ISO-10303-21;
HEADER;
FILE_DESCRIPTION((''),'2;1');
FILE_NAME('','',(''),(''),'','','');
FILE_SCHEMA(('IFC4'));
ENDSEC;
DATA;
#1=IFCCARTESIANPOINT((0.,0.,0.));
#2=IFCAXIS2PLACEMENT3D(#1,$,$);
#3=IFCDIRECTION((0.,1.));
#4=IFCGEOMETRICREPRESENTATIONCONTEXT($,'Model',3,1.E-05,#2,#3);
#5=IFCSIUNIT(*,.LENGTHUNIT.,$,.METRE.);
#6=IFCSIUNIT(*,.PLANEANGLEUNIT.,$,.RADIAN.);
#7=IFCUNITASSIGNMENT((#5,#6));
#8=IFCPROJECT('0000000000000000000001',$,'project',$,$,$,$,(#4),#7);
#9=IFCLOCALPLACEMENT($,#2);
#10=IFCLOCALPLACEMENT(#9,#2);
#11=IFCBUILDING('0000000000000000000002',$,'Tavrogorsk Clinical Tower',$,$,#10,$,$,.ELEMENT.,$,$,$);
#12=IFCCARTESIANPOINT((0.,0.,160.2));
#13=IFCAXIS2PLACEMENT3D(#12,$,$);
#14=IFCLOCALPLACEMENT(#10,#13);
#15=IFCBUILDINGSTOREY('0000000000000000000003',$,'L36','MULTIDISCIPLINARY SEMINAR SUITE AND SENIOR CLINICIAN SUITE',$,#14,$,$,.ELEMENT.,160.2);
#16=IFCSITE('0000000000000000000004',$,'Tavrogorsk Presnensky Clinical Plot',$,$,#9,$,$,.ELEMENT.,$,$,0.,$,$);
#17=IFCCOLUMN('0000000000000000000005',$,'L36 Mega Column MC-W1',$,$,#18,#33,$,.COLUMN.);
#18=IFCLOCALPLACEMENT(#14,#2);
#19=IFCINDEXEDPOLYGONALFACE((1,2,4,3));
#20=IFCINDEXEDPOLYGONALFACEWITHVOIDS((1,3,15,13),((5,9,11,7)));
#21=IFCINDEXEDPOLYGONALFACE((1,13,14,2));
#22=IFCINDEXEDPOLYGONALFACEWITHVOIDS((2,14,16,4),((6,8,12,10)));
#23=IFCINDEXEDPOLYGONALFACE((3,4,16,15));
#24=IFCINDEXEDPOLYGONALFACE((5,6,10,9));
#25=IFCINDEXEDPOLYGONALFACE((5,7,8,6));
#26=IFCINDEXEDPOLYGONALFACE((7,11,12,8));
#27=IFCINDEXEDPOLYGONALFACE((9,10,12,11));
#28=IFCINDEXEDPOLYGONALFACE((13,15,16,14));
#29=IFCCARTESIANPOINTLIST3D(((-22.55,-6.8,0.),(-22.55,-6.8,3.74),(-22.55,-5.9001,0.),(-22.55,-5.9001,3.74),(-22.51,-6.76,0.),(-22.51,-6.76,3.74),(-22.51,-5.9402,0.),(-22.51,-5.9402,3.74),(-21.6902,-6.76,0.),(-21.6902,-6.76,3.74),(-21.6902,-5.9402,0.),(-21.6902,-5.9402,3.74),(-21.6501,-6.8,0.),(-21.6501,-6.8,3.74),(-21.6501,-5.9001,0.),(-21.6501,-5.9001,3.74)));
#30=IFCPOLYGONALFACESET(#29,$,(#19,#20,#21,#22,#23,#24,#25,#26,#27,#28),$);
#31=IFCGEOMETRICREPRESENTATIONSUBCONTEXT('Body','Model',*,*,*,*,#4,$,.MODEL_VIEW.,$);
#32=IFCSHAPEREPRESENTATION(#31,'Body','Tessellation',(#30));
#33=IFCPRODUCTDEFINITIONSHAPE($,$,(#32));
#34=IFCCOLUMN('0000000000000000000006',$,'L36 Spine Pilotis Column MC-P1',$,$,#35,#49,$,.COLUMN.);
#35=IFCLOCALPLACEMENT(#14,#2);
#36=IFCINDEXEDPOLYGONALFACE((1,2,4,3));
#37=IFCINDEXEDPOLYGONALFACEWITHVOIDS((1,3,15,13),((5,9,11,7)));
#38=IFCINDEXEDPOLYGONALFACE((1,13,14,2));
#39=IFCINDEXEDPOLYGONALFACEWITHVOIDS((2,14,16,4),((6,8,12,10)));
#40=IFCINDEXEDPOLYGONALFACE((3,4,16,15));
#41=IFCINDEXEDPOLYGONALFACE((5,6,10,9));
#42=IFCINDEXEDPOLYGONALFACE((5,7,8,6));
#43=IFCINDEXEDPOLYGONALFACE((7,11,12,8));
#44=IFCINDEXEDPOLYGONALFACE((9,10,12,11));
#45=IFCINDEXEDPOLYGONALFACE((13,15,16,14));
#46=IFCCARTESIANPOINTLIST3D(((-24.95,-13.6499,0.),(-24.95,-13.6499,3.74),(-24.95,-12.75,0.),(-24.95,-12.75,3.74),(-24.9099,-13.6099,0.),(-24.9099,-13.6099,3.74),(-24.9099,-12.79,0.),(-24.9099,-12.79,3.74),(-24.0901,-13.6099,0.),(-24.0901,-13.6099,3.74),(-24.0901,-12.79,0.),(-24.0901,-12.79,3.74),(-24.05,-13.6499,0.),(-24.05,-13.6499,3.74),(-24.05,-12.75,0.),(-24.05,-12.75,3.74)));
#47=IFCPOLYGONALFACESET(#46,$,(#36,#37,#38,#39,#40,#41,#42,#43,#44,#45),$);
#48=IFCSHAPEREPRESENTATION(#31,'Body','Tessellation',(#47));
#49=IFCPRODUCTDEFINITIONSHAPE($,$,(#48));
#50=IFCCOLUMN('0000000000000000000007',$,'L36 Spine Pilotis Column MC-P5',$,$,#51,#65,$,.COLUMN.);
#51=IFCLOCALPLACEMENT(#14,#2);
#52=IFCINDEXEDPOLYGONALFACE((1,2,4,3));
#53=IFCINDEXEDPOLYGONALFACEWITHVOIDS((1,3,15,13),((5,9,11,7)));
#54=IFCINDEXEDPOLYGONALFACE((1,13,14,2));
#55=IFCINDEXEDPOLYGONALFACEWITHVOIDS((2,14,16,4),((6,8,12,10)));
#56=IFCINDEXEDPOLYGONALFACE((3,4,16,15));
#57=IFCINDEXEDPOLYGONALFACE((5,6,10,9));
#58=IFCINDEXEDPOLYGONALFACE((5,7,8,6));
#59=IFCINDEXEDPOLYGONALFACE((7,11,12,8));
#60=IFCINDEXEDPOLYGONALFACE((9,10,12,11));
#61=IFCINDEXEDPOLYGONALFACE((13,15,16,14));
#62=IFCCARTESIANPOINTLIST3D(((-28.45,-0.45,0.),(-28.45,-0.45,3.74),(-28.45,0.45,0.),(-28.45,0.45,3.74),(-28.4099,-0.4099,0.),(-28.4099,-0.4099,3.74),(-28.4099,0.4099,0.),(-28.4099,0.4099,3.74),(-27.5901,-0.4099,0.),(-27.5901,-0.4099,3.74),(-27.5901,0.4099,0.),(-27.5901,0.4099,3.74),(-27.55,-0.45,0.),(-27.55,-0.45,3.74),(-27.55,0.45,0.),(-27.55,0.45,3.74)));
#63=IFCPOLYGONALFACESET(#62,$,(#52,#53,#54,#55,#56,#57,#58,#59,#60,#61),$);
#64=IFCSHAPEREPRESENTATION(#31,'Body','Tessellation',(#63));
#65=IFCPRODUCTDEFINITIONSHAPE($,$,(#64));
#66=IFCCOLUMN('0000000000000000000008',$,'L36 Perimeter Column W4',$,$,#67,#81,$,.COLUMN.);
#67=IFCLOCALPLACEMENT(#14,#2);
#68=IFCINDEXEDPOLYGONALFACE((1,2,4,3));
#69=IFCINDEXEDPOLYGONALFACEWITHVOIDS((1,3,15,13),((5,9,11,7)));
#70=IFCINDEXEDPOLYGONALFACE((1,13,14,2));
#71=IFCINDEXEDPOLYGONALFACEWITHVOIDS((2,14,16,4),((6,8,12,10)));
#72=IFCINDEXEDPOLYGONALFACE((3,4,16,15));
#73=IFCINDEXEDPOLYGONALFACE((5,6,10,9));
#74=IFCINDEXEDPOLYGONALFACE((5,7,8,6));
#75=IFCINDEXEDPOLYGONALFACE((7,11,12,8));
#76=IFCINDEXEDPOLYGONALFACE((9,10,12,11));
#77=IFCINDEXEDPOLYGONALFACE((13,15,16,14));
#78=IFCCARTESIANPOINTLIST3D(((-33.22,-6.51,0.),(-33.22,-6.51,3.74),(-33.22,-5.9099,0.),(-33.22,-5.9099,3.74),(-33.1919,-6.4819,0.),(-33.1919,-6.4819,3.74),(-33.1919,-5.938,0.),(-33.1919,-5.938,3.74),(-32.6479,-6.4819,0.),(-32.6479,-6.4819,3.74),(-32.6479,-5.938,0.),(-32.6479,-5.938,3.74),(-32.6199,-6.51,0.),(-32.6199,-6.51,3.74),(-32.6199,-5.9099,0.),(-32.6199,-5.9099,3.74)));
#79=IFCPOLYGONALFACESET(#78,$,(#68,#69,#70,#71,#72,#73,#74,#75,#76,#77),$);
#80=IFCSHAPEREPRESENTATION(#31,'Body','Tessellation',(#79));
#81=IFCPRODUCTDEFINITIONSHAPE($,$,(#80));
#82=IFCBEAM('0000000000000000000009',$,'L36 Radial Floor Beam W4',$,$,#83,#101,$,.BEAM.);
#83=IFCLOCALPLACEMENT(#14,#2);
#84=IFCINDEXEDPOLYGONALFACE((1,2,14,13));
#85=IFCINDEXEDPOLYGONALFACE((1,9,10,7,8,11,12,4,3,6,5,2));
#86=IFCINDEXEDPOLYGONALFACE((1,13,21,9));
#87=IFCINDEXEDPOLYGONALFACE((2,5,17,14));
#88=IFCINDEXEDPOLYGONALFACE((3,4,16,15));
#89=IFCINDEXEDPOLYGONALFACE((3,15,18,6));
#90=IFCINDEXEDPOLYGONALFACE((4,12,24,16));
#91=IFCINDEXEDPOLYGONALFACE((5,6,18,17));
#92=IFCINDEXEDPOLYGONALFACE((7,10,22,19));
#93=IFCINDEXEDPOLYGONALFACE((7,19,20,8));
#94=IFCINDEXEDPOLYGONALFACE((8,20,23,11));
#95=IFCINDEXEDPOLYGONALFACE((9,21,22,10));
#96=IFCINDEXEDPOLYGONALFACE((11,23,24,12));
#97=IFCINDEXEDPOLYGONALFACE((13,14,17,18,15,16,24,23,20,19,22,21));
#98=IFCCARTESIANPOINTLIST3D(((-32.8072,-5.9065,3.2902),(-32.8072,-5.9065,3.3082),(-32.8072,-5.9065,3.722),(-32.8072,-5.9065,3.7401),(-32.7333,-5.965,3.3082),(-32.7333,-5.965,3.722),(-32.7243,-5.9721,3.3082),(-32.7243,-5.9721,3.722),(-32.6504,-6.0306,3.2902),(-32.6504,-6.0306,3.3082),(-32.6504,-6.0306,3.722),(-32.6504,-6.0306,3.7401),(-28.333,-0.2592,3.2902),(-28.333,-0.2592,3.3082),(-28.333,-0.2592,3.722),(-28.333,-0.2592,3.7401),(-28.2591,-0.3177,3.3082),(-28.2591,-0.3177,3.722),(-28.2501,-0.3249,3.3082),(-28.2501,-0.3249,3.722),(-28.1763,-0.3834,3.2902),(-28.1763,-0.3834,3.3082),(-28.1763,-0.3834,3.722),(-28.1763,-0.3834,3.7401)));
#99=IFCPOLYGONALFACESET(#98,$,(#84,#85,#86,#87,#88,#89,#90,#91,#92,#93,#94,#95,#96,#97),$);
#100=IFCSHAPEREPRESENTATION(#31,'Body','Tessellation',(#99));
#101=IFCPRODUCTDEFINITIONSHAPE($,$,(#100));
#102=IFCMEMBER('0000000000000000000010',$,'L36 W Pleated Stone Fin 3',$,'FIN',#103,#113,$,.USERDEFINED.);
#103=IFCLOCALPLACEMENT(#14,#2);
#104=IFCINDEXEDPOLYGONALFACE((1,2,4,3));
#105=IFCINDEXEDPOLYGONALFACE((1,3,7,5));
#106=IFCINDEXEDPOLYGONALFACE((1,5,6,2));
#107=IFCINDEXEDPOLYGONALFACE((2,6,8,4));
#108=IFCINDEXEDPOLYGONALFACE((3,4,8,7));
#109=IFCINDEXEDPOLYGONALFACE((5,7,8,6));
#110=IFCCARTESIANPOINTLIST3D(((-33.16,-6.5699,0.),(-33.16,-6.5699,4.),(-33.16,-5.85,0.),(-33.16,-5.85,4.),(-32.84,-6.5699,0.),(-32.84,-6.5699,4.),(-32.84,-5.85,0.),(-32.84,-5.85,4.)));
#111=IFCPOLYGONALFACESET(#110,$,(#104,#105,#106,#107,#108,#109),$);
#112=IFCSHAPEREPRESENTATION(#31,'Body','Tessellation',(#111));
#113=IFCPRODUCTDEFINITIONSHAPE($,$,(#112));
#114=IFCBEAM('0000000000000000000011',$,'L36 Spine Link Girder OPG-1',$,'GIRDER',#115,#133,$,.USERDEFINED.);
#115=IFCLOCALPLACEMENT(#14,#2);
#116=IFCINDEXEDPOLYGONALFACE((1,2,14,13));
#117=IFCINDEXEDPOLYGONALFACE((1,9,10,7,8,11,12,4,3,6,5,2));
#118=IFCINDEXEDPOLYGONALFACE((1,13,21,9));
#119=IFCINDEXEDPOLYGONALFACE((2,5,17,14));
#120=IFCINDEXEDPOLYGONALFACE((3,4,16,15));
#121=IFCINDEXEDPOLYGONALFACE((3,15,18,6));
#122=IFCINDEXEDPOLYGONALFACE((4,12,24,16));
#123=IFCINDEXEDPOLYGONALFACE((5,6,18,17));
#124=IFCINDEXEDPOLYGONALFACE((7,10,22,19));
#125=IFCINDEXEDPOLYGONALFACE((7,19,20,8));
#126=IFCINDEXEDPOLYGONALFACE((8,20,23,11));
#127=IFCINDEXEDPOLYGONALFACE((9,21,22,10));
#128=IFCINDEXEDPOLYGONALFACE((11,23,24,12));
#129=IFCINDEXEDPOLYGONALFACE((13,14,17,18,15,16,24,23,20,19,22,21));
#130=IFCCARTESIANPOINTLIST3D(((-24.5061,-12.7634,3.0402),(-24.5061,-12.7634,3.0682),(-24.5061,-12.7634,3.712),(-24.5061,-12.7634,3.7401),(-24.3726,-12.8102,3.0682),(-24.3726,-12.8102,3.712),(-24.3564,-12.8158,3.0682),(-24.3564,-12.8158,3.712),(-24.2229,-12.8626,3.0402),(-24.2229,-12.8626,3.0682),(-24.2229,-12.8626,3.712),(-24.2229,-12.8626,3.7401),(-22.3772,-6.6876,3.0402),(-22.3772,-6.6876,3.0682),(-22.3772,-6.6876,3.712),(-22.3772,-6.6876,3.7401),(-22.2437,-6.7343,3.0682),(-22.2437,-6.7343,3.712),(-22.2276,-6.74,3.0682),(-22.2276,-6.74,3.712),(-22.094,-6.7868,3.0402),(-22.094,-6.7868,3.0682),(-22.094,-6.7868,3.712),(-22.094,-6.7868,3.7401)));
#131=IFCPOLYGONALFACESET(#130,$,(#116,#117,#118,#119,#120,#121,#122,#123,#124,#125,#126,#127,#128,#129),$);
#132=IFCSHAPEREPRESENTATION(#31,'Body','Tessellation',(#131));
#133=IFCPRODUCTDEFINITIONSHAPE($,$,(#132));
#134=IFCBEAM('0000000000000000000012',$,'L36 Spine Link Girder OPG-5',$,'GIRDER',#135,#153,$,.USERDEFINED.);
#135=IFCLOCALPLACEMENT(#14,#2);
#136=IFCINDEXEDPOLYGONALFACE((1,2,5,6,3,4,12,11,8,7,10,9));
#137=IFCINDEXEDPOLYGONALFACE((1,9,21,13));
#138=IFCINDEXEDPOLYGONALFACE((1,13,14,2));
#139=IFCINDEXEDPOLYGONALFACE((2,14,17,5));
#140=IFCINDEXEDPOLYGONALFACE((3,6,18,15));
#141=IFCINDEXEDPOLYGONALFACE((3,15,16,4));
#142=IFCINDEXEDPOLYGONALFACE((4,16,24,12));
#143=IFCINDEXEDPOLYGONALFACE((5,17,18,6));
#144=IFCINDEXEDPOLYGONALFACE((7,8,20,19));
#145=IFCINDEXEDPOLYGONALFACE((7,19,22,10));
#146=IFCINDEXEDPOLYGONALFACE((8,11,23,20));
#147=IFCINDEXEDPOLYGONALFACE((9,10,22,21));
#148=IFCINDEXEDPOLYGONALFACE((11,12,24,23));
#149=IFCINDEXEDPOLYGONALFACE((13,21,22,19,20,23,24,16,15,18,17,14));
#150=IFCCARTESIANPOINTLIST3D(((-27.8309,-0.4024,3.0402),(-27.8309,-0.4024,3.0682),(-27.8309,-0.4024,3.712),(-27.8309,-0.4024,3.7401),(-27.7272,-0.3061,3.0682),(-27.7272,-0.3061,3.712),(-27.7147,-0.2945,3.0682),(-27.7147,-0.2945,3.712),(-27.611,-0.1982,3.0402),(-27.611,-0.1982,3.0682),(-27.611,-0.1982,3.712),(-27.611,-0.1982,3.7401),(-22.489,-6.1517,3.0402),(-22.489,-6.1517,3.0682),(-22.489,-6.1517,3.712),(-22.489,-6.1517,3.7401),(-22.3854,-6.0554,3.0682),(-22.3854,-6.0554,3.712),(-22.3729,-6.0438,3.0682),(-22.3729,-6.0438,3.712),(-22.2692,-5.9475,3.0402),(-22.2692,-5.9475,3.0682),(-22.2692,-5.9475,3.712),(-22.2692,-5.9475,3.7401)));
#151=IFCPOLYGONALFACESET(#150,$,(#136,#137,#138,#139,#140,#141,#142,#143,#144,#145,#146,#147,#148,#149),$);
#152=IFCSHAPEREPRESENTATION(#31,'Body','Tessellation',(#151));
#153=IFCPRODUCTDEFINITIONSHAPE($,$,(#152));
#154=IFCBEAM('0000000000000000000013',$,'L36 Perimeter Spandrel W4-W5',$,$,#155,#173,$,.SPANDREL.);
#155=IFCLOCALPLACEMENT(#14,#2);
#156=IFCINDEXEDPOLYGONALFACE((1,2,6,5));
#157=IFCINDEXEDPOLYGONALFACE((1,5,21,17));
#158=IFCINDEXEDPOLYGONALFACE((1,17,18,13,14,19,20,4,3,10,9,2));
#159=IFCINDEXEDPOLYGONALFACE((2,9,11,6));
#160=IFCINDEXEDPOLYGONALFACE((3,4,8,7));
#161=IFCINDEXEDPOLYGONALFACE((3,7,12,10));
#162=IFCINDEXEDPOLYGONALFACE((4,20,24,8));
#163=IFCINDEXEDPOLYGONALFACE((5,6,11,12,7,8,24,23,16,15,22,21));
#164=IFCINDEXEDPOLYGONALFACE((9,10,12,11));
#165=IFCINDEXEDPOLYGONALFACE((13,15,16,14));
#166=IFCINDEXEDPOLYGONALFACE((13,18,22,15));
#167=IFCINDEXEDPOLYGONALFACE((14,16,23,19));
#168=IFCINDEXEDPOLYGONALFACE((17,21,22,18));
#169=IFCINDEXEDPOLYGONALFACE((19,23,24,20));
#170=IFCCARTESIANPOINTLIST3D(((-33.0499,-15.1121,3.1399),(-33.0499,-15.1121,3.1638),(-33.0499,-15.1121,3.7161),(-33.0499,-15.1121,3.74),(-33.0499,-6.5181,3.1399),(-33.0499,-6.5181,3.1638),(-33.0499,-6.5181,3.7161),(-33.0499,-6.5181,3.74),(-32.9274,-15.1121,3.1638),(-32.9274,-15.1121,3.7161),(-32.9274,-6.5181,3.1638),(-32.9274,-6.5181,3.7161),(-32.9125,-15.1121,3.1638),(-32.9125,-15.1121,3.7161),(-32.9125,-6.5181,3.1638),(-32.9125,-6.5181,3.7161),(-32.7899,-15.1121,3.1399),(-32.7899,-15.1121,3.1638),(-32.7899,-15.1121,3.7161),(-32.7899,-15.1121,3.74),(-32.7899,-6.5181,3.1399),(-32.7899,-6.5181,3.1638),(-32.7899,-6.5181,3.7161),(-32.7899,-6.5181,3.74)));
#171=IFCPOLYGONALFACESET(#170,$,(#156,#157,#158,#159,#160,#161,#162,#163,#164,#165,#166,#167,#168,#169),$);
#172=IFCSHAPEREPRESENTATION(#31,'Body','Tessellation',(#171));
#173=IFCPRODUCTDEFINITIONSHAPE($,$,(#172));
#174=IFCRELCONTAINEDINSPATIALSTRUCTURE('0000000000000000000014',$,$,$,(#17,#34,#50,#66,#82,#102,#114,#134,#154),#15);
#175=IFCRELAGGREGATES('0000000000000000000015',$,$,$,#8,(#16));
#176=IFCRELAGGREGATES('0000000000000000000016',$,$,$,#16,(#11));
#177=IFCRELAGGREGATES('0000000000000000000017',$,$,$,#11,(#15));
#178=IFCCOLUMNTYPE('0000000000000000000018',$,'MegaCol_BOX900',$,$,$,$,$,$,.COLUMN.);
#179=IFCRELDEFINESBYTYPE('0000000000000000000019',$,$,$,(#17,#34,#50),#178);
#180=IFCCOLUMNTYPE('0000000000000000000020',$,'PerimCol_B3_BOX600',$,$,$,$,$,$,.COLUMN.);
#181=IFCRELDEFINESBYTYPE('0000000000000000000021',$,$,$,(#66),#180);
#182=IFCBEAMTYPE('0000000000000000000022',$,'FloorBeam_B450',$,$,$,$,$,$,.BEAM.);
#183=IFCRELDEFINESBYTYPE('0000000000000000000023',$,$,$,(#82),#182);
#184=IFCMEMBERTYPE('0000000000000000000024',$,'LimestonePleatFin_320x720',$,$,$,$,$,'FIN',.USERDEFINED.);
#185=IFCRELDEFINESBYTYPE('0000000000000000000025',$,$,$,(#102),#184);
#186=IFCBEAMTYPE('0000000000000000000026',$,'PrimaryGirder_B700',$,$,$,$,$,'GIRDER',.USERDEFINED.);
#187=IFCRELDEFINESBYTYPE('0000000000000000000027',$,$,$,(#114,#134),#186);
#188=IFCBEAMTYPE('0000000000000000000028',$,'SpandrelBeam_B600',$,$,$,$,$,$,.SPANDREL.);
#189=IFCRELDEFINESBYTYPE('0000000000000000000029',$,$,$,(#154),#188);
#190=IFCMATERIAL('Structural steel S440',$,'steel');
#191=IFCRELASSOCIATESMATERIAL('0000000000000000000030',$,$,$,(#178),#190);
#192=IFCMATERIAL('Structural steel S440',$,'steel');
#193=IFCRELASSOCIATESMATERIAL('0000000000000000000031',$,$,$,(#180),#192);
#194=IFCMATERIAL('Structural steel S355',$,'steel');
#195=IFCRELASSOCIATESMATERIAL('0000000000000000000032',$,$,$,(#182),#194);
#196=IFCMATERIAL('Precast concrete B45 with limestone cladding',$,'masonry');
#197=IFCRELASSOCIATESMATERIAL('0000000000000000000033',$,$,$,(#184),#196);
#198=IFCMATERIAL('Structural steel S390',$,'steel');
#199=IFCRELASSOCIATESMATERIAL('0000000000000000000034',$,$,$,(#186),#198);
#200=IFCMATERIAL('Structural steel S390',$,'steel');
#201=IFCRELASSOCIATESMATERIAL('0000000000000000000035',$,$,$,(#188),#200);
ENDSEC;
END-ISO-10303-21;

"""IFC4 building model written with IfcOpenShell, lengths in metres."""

from ifc_helpers import new_model, si_unit, direction, frame, origin, origin_2d, place, context, subcontext, project, spatial, rectangle, hollow_rectangle, i_section, extrude, material, material_profile, profile_set, type_object, element, save


model = new_model("IFC4")

# Units and contexts
model_context = context("Model", 3, precision=1e-05, world=origin(), true_north=direction((0.0, 1.0)))
body_context = subcontext(model_context, "Body", "Model", "MODEL_VIEW")
ifc_project = project(units=[si_unit("LENGTHUNIT", "METRE"), si_unit("PLANEANGLEUNIT", "RADIAN")], contexts=[model_context])

# Site, building, storey
site_placement = place(None, origin())
site = spatial("IfcSite", under=ifc_project, at=site_placement, Name="Tavrogorsk Presnensky Clinical Plot", CompositionType="ELEMENT", RefElevation=0.0)
building_placement = place(site_placement, origin())
building = spatial("IfcBuilding", under=site, at=building_placement, Name="Tavrogorsk Clinical Tower", CompositionType="ELEMENT")
storey_placement = place(building_placement, frame((0.0, 0.0, 160.2)))
storey = spatial("IfcBuildingStorey", under=building, at=storey_placement, Name="L36", Description="MULTIDISCIPLINARY SEMINAR SUITE AND SENIOR CLINICIAN SUITE", CompositionType="ELEMENT", Elevation=160.2)

# Columns
ifc_material_1 = material(Name="Structural steel S440", Category="steel")
ifc_material_profile_1 = material_profile(ifc_material_1, hollow_rectangle(XDim=0.8999, YDim=0.8999, WallThickness=0.04, at=origin_2d()), Name="BOX-900x900x40")
ifc_profile_set_1 = profile_set([ifc_material_profile_1], Name="Structural steel S440")
column_type_1 = type_object("IfcColumnType", Name="MegaCol_BOX900", PredefinedType="COLUMN", material=ifc_profile_set_1)
for number, where, z_axis, x_axis, name in (
    (1, (-22.1001, -6.3501, 0.0), (0.0, 0.0, 1.0), (1.0, 0.0, 0.0), "L36 Mega Column MC-W1"),
    (2, (-24.5, -13.2, 0.0), (0.0, 0.0, 1.0), (1.0, 0.0, 0.0), "L36 Spine Pilotis Column MC-P1"),
    (3, (-28.0, 0.0, 0.0), (0.0, 0.0, 1.0), (1.0, 0.0, 0.0), "L36 Spine Pilotis Column MC-P5"),
):
    element("IfcColumn", number, at=place(storey_placement, frame(where, z_axis=z_axis, x_axis=x_axis)), inside=storey, type_object=column_type_1, Name=name, PredefinedType="COLUMN", context=body_context, shape_type="SweptSolid", body=[
        extrude(hollow_rectangle(XDim=0.8999, YDim=0.8999, WallThickness=0.04, at=origin_2d()), origin(), (0.0, 0.0, 1.0), 3.74),
    ])
ifc_material_2 = material(Name="Structural steel S440", Category="steel")
ifc_material_profile_2 = material_profile(ifc_material_2, hollow_rectangle(XDim=0.6001, YDim=0.6001, WallThickness=0.0281, at=origin_2d()), Name="BOX-600x600x28")
ifc_profile_set_2 = profile_set([ifc_material_profile_2], Name="Structural steel S440")
column_type_2 = type_object("IfcColumnType", Name="PerimCol_B3_BOX600", PredefinedType="COLUMN", material=ifc_profile_set_2)
column_placement = place(storey_placement, frame((-32.9199, -6.21, 0.0), z_axis=(0.0, 0.0, 1.0), x_axis=(1.0, 0.0, 0.0)))
element("IfcColumn", 4, at=column_placement, inside=storey, type_object=column_type_2, Name="L36 Perimeter Column W4", PredefinedType="COLUMN", context=body_context, shape_type="SweptSolid", body=[
    extrude(hollow_rectangle(XDim=0.6001, YDim=0.6001, WallThickness=0.0281, at=origin_2d()), origin(), (0.0, 0.0, 1.0), 3.74),
])

# Beam
ifc_material_3 = material(Name="Structural steel S355", Category="steel")
ifc_material_profile_3 = material_profile(ifc_material_3, i_section(OverallWidth=0.2, OverallDepth=0.45, WebThickness=0.0115, FlangeThickness=0.0181, at=origin_2d()), Name="B-450x200x11.5x18")
ifc_profile_set_3 = profile_set([ifc_material_profile_3], Name="Structural steel S355")
beam_type_1 = type_object("IfcBeamType", Name="FloorBeam_B450", PredefinedType="BEAM", material=ifc_profile_set_3)
beam_1_placement = place(storey_placement, frame((-28.2546, -0.3213, 3.5151), z_axis=(-0.620994, -0.783816, 0.0), x_axis=(0.783816, -0.620994, 0.0)))
element("IfcBeam", 5, at=beam_1_placement, inside=storey, type_object=beam_type_1, Name="L36 Radial Floor Beam W4", PredefinedType="BEAM", context=body_context, shape_type="SweptSolid", body=[
    extrude(i_section(OverallWidth=0.2, OverallDepth=0.45, WebThickness=0.0115, FlangeThickness=0.0181, at=origin_2d()), origin(), (0.0, 0.0, 1.0), 7.2048),
])

# Member
ifc_material_4 = material(Name="Precast concrete B45 with limestone cladding", Category="masonry")
ifc_material_profile_4 = material_profile(ifc_material_4, rectangle(XDim=0.3201, YDim=0.72, at=origin_2d()), Name="LIMESTONE-FIN-320x720")
ifc_profile_set_4 = profile_set([ifc_material_profile_4], Name="Precast concrete B45 with limestone cladding")
member_type = type_object("IfcMemberType", Name="LimestonePleatFin_320x720", ElementType="FIN", PredefinedType="USERDEFINED", material=ifc_profile_set_4)
member_placement = place(storey_placement, frame((-33.0, -6.21, 0.0), z_axis=(0.0, 0.0, 1.0), x_axis=(1.0, 0.0, 0.0)))
element("IfcMember", 6, at=member_placement, inside=storey, type_object=member_type, Name="L36 W Pleated Stone Fin 3", ObjectType="FIN", PredefinedType="USERDEFINED", context=body_context, shape_type="SweptSolid", body=[
    extrude(rectangle(XDim=0.3201, YDim=0.72, at=origin_2d()), origin(), (0.0, 0.0, 1.0), 4.0),
])

# Beams
ifc_material_5 = material(Name="Structural steel S390", Category="steel")
ifc_material_profile_5 = material_profile(ifc_material_5, i_section(OverallWidth=0.3, OverallDepth=0.7, WebThickness=0.0171, FlangeThickness=0.0281, at=origin_2d()), Name="B-700x300x17x28")
ifc_profile_set_5 = profile_set([ifc_material_profile_5], Name="Structural steel S390")
beam_type_2 = type_object("IfcBeamType", Name="PrimaryGirder_B700", ElementType="GIRDER", PredefinedType="USERDEFINED", material=ifc_profile_set_5)
beam_2_placement = place(storey_placement, frame((-24.3645, -12.813, 3.3901), z_axis=(0.330673, 0.943745, 0.0), x_axis=(-0.943745, 0.330673, 0.0)))
element("IfcBeam", 7, at=beam_2_placement, inside=storey, type_object=beam_type_2, Name="L36 Spine Link Girder OPG-1", ObjectType="GIRDER", PredefinedType="USERDEFINED", context=body_context, shape_type="SweptSolid", body=[
    extrude(i_section(OverallWidth=0.3, OverallDepth=0.7, WebThickness=0.0171, FlangeThickness=0.0281, at=origin_2d()), origin(), (0.0, 0.0, 1.0), 6.438),
])
beam_3_placement = place(storey_placement, frame((-27.7209, -0.3003, 3.3901), z_axis=(0.680669, -0.732591, 0.0), x_axis=(0.732591, 0.680669, 0.0)))
element("IfcBeam", 8, at=beam_3_placement, inside=storey, type_object=beam_type_2, Name="L36 Spine Link Girder OPG-5", ObjectType="GIRDER", PredefinedType="USERDEFINED", context=body_context, shape_type="SweptSolid", body=[
    extrude(i_section(OverallWidth=0.3, OverallDepth=0.7, WebThickness=0.0171, FlangeThickness=0.0281, at=origin_2d()), origin(), (0.0, 0.0, 1.0), 7.8479),
])
ifc_material_6 = material(Name="Structural steel S390", Category="steel")
ifc_material_profile_6 = material_profile(ifc_material_6, i_section(OverallWidth=0.26, OverallDepth=0.6001, WebThickness=0.0149, FlangeThickness=0.0239, at=origin_2d()), Name="B-600x260x15x24")
ifc_profile_set_6 = profile_set([ifc_material_profile_6], Name="Structural steel S390")
beam_type_3 = type_object("IfcBeamType", Name="SpandrelBeam_B600", PredefinedType="SPANDREL", material=ifc_profile_set_6)
beam_4_placement = place(storey_placement, frame((-32.9199, -6.5181, 3.4399), z_axis=(0.0, -1.0, 0.0), x_axis=(1.0, 0.0, 0.0)))
element("IfcBeam", 9, at=beam_4_placement, inside=storey, type_object=beam_type_3, Name="L36 Perimeter Spandrel W4-W5", PredefinedType="SPANDREL", context=body_context, shape_type="SweptSolid", body=[
    extrude(i_section(OverallWidth=0.26, OverallDepth=0.6001, WebThickness=0.0149, FlangeThickness=0.0239, at=origin_2d()), origin(), (0.0, 0.0, 1.0), 8.594),
])

save(model, "model.ifc")
